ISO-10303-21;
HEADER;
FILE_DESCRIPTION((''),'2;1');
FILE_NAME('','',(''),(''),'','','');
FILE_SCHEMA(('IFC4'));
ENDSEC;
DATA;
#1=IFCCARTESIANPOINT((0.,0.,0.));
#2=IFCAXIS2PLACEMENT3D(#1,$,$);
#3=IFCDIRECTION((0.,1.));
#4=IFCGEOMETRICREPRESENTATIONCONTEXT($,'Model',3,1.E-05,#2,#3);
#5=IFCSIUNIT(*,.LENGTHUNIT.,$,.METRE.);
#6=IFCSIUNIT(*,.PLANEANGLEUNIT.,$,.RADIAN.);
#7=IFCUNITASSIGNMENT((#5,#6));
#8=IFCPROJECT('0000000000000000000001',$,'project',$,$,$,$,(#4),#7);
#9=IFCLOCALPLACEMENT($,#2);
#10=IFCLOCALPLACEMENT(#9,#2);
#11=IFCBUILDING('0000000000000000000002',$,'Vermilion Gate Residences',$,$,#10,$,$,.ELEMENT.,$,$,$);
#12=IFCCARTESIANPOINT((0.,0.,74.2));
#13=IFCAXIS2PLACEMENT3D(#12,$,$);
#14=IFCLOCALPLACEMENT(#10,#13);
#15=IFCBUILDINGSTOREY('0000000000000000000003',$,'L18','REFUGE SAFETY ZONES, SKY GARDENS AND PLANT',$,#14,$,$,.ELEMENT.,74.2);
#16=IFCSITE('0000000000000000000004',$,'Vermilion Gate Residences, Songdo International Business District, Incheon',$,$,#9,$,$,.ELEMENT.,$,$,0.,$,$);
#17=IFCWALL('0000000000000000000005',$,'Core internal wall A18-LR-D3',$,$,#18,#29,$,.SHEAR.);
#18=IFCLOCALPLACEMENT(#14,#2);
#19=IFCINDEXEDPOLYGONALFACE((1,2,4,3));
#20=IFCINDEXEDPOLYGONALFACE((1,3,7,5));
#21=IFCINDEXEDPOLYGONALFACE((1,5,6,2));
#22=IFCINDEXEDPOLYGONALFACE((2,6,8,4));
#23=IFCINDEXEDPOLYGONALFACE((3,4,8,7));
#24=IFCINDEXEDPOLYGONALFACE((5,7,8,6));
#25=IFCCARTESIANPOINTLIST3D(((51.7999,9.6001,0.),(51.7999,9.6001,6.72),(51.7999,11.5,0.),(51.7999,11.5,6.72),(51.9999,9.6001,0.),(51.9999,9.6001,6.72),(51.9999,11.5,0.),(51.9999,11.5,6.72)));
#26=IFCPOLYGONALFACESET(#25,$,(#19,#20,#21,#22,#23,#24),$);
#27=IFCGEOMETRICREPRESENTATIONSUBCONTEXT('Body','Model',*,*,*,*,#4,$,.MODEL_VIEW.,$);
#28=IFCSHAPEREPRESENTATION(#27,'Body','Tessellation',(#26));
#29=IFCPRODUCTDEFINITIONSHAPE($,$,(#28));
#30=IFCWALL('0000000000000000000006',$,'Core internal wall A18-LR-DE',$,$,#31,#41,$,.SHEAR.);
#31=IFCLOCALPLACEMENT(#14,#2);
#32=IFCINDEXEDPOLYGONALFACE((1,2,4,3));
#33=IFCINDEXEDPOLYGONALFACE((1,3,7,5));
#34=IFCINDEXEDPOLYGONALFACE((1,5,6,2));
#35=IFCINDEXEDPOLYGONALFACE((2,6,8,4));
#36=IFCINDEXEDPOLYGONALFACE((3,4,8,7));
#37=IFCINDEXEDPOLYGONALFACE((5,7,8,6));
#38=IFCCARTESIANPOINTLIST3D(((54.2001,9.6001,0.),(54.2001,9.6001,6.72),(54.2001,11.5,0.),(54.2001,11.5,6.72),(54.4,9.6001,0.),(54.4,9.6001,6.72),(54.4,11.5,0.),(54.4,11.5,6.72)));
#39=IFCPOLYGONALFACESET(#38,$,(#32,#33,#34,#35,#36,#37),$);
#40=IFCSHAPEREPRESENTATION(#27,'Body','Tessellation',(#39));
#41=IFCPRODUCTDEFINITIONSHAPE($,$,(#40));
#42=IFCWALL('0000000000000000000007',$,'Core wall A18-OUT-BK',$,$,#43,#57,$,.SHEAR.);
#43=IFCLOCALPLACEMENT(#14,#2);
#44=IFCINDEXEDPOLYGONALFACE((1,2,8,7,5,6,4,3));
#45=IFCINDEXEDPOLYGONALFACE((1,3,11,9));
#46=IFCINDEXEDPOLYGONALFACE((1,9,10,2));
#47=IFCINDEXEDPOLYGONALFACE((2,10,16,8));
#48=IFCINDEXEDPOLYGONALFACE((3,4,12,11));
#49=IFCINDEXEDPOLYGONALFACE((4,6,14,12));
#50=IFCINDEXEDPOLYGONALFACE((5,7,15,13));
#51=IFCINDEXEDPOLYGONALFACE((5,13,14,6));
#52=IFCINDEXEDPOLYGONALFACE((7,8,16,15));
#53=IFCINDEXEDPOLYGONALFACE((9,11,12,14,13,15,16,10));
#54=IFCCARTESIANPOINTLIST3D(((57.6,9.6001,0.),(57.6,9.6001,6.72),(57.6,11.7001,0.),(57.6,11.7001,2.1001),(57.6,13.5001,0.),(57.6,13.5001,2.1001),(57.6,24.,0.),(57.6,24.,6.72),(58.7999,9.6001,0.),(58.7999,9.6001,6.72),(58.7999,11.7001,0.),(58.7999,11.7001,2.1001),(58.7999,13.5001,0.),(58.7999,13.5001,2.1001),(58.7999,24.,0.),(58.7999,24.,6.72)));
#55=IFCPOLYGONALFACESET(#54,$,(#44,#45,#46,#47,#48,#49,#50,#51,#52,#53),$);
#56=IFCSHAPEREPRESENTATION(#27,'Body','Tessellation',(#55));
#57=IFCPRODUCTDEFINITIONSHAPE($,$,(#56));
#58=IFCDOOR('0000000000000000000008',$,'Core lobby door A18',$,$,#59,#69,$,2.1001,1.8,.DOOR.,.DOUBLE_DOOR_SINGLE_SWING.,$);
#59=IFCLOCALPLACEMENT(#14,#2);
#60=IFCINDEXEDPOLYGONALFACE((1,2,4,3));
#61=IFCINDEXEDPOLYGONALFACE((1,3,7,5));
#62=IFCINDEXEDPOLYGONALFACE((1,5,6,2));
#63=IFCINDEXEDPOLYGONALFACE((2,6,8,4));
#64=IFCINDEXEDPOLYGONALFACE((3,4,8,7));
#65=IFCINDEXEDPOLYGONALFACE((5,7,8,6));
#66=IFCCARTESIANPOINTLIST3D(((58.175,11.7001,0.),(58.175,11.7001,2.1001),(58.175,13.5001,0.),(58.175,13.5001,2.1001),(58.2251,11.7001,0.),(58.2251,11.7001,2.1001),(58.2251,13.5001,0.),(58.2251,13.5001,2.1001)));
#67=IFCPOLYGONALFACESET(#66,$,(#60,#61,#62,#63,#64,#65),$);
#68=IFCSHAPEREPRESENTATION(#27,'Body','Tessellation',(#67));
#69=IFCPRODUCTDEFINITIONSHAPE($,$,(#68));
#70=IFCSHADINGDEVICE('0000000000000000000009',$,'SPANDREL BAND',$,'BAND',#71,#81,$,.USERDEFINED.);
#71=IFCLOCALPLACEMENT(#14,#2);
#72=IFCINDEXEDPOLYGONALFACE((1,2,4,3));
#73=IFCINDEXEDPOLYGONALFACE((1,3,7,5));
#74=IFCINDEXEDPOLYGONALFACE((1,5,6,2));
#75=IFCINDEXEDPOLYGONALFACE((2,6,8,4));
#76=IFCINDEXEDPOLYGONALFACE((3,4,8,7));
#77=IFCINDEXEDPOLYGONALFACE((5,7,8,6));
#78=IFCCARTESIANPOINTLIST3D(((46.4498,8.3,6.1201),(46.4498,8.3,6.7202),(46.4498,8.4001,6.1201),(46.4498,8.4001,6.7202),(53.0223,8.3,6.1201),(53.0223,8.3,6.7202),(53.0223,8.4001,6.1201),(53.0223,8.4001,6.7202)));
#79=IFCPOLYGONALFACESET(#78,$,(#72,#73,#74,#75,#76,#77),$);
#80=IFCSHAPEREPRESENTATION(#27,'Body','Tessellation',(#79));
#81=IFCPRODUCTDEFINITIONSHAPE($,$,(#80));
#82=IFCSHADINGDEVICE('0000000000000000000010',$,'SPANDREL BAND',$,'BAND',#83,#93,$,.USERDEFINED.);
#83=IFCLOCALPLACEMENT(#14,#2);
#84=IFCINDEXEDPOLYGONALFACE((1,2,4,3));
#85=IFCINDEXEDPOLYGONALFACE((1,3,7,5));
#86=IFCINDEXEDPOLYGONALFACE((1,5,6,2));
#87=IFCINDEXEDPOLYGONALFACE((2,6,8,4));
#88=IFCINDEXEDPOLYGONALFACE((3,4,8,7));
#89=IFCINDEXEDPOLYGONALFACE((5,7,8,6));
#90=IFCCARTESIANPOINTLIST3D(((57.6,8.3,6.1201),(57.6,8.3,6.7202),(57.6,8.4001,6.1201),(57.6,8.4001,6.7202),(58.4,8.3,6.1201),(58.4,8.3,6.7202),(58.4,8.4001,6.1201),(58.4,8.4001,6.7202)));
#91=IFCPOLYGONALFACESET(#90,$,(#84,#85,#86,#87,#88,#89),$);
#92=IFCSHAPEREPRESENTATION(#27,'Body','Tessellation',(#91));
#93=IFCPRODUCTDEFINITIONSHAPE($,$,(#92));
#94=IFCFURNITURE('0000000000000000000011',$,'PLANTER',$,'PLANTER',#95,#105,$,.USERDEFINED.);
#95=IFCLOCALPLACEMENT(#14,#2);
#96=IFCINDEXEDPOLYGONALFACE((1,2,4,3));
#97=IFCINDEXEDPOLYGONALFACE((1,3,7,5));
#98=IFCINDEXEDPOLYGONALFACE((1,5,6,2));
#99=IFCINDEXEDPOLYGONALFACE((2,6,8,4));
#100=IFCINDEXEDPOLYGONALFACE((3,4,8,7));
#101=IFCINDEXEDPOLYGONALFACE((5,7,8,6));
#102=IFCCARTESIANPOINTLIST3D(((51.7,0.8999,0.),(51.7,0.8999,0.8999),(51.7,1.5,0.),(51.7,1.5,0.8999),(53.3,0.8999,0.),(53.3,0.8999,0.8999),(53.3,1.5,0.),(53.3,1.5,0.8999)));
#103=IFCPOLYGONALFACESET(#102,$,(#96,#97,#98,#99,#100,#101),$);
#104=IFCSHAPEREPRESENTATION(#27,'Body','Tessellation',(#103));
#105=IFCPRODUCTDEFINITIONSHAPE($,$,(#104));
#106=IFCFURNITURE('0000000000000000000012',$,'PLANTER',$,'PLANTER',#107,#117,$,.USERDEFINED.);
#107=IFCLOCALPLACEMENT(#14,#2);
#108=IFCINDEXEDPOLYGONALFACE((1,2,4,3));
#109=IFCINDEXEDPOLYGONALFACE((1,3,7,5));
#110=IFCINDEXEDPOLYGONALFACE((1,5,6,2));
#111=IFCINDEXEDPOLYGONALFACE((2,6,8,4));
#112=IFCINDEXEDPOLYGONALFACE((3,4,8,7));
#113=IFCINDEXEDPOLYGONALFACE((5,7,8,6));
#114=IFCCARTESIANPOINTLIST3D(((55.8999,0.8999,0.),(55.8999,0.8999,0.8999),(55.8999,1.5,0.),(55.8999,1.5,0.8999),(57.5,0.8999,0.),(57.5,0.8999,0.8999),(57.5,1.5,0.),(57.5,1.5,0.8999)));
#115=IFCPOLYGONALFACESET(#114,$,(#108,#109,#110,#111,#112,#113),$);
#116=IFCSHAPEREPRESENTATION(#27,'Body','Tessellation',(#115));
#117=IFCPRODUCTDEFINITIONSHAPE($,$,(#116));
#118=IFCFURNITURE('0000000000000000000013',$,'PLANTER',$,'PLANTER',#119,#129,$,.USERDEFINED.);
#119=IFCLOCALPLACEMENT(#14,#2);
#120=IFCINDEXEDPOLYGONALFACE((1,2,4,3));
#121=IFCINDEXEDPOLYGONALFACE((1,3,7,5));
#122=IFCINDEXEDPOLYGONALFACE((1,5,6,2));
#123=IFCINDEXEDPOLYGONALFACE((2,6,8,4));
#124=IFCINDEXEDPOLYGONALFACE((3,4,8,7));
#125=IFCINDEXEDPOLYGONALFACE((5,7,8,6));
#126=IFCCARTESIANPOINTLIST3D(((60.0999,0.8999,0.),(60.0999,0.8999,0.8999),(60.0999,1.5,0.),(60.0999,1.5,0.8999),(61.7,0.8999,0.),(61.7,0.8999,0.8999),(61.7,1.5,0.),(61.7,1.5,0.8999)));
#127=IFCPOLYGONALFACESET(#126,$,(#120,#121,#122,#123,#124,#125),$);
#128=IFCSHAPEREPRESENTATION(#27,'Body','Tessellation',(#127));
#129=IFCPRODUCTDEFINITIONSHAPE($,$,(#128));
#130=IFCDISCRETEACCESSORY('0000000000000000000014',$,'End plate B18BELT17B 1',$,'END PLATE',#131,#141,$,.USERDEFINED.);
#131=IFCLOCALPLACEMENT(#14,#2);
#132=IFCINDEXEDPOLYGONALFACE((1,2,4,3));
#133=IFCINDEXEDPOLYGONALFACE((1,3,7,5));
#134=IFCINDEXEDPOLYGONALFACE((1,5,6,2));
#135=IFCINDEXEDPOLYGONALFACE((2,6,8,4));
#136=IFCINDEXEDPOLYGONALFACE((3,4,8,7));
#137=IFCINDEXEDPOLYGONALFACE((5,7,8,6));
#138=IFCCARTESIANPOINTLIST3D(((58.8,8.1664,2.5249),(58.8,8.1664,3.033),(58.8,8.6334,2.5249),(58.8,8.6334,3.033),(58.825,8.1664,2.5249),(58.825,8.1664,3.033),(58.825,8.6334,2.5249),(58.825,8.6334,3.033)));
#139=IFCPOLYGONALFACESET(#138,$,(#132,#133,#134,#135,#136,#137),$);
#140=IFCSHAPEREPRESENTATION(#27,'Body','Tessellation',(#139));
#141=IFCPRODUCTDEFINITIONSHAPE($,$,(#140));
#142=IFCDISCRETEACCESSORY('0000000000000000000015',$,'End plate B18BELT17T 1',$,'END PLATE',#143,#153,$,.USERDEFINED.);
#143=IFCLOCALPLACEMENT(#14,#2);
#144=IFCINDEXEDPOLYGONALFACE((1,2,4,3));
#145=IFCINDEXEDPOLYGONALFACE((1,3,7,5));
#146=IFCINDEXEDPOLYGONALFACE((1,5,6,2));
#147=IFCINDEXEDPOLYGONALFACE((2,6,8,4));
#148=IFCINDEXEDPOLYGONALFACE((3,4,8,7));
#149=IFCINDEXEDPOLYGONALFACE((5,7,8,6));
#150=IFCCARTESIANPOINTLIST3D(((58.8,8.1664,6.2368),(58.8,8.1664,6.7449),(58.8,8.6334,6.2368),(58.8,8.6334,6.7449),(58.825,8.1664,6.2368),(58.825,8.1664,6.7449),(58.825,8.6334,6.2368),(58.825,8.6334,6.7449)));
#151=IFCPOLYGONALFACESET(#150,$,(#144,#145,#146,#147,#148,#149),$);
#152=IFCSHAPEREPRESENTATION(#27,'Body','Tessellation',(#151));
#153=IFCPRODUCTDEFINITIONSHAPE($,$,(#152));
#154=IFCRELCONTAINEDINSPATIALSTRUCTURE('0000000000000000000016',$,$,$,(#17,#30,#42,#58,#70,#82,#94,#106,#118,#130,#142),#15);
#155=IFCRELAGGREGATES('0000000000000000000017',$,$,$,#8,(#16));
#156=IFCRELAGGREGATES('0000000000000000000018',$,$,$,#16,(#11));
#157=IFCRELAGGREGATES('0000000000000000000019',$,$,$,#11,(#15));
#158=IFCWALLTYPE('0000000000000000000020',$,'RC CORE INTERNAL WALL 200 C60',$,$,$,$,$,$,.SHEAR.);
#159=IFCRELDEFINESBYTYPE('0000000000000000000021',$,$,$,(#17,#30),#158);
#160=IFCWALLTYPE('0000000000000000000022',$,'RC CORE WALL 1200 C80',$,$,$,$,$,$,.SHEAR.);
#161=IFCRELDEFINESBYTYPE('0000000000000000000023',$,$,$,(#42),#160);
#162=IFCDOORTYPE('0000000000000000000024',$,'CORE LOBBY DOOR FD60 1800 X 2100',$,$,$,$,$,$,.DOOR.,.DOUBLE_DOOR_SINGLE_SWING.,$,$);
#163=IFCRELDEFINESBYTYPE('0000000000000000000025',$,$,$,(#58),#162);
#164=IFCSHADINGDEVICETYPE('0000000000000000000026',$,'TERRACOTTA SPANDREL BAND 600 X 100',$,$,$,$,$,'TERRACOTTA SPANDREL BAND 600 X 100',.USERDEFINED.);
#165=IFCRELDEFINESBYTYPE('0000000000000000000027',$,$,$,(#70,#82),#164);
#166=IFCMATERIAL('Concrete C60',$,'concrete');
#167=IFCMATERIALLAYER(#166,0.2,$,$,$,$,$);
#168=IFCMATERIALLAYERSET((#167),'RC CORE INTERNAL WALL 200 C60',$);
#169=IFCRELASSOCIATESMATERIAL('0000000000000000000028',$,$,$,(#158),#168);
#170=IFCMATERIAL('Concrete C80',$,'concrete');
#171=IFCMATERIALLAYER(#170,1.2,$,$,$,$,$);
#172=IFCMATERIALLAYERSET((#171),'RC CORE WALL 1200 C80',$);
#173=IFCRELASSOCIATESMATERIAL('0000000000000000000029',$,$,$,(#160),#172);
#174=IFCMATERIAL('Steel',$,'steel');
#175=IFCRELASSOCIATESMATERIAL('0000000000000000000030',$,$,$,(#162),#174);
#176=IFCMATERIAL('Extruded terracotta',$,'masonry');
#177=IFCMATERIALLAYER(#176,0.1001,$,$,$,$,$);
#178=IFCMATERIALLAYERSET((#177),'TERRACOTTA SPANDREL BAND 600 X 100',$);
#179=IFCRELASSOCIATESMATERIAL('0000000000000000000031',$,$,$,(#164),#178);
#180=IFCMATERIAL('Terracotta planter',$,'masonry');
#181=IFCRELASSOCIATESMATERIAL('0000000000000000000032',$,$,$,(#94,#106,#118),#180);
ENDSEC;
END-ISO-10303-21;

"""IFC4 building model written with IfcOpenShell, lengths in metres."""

from ifc_helpers import new_model, si_unit, direction, frame, frame_2d, origin, origin_2d, place, context, subcontext, project, spatial, rectangle, extrude, material, layer, layer_set, type_object, element, fill, save


model = new_model("IFC4")

# Units and contexts
model_context = context("Model", 3, precision=1e-05, world=origin(), true_north=direction((0.0, 1.0)))
body_context = subcontext(model_context, "Body", "Model", "MODEL_VIEW")
ifc_project = project(units=[si_unit("LENGTHUNIT", "METRE"), si_unit("PLANEANGLEUNIT", "RADIAN")], contexts=[model_context])

# Site, building, storey
site_placement = place(None, origin())
site = spatial("IfcSite", under=ifc_project, at=site_placement, Name="Vermilion Gate Residences, Songdo International Business District, Incheon", CompositionType="ELEMENT", RefElevation=0.0)
building_placement = place(site_placement, origin())
building = spatial("IfcBuilding", under=site, at=building_placement, Name="Vermilion Gate Residences", CompositionType="ELEMENT")
storey_placement = place(building_placement, frame((0.0, 0.0, 74.2)))
storey = spatial("IfcBuildingStorey", under=building, at=storey_placement, Name="L18", Description="REFUGE SAFETY ZONES, SKY GARDENS AND PLANT", CompositionType="ELEMENT", Elevation=74.2)

# Walls
ifc_material_1 = material(Name="Concrete C60", Category="concrete")
ifc_layer_1 = layer(ifc_material_1, 0.2)
ifc_layer_set_1 = layer_set([ifc_layer_1], Name="RC CORE INTERNAL WALL 200 C60")
wall_type_1 = type_object("IfcWallType", Name="RC CORE INTERNAL WALL 200 C60", PredefinedType="SHEAR", material=ifc_layer_set_1)
for number, where, z_axis, x_axis, name in (
    (1, (51.8999, 9.6001, 0.0), (0.0, 0.0, 1.0), (0.0, 1.0, 0.0), "Core internal wall A18-LR-D3"),
    (2, (54.3, 9.6001, 0.0), (0.0, 0.0, 1.0), (0.0, 1.0, 0.0), "Core internal wall A18-LR-DE"),
):
    element("IfcWall", number, at=place(storey_placement, frame(where, z_axis=z_axis, x_axis=x_axis)), inside=storey, type_object=wall_type_1, Name=name, PredefinedType="SHEAR", context=body_context, shape_type="SweptSolid", body=[
        extrude(rectangle(XDim=1.8999, YDim=0.2, at=frame_2d((0.95, 0.0))), origin(), (0.0, 0.0, 1.0), 6.72),
    ])

# Wall, opening, door
ifc_material_2 = material(Name="Concrete C80", Category="concrete")
ifc_layer_2 = layer(ifc_material_2, 1.2)
ifc_layer_set_2 = layer_set([ifc_layer_2], Name="RC CORE WALL 1200 C80")
wall_type_2 = type_object("IfcWallType", Name="RC CORE WALL 1200 C80", PredefinedType="SHEAR", material=ifc_layer_set_2)
wall_1_placement = place(storey_placement, frame((58.2, 9.6001, 0.0), z_axis=(0.0, 0.0, 1.0), x_axis=(0.0, 1.0, 0.0)))
wall_1 = element("IfcWall", 3, at=wall_1_placement, inside=storey, type_object=wall_type_2, Name="Core wall A18-OUT-BK", PredefinedType="SHEAR", context=body_context, shape_type="SweptSolid", body=[
    extrude(rectangle(XDim=14.3999, YDim=1.2, at=frame_2d((7.2, 0.0))), origin(), (0.0, 0.0, 1.0), 6.72),
])
opening_1_placement = place(wall_1_placement, frame((2.1001, 0.0, 0.0)))
opening_1 = element("IfcOpeningElement", 4, at=opening_1_placement, cuts=wall_1, PredefinedType="OPENING", context=body_context, shape_type="SweptSolid", body=[
    extrude(rectangle(XDim=1.8, YDim=2.1001, at=frame_2d((0.8999, 1.05))), frame((0.0, 0.6099, 0.0), z_axis=(0.0, -1.0, 0.0), x_axis=(1.0, 0.0, 0.0)), (0.0, 0.0, 1.0), 1.22),
])
ifc_material_3 = material(Name="Steel", Category="steel")
door_type_1 = type_object("IfcDoorType", Name="CORE LOBBY DOOR FD60 1800 X 2100", OperationType="DOUBLE_DOOR_SINGLE_SWING", PredefinedType="DOOR", material=ifc_material_3)
door_1_placement = place(opening_1_placement, origin())
door_1 = element("IfcDoor", 5, at=door_1_placement, inside=storey, type_object=door_type_1, Name="Core lobby door A18", OperationType="DOUBLE_DOOR_SINGLE_SWING", OverallHeight=2.1001, OverallWidth=1.8, PredefinedType="DOOR", context=body_context, shape_type="SweptSolid", body=[
    extrude(rectangle(XDim=1.8, YDim=2.1001, at=frame_2d((0.8999, 1.05))), frame((0.0, 0.0249, 0.0), z_axis=(0.0, -1.0, 0.0), x_axis=(1.0, 0.0, 0.0)), (0.0, 0.0, 1.0), 0.05),
])
fill(opening_1, door_1)

# Shading devices
ifc_material_4 = material(Name="Extruded terracotta", Category="masonry")
ifc_layer_3 = layer(ifc_material_4, 0.1001)
ifc_layer_set_3 = layer_set([ifc_layer_3], Name="TERRACOTTA SPANDREL BAND 600 X 100")
shading_device_type = type_object("IfcShadingDeviceType", Name="TERRACOTTA SPANDREL BAND 600 X 100", ElementType="TERRACOTTA SPANDREL BAND 600 X 100", PredefinedType="USERDEFINED", material=ifc_layer_set_3)
shading_device_1_placement = place(storey_placement, frame((49.7361, 8.3501, 6.1201), z_axis=(0.0, 0.0, 1.0), x_axis=(1.0, 0.0, 0.0)))
element("IfcShadingDevice", 6, at=shading_device_1_placement, inside=storey, type_object=shading_device_type, Name="SPANDREL BAND", ObjectType="BAND", PredefinedType="USERDEFINED", context=body_context, shape_type="SweptSolid", body=[
    extrude(rectangle(XDim=6.5725, YDim=0.1001, at=origin_2d()), origin(), (0.0, 0.0, 1.0), 0.6001),
])
shading_device_2_placement = place(storey_placement, frame((58.0, 8.3501, 6.1201), z_axis=(0.0, 0.0, 1.0), x_axis=(1.0, 0.0, 0.0)))
element("IfcShadingDevice", 7, at=shading_device_2_placement, inside=storey, type_object=shading_device_type, Name="SPANDREL BAND", ObjectType="BAND", PredefinedType="USERDEFINED", context=body_context, shape_type="SweptSolid", body=[
    extrude(rectangle(XDim=0.8, YDim=0.1001, at=origin_2d()), origin(), (0.0, 0.0, 1.0), 0.6001),
])

# Furniture
ifc_material_5 = material(Name="Terracotta planter", Category="masonry")
for number, where, z_axis, x_axis, name in (
    (8, (52.5, 1.2, 0.0), (0.0, 0.0, 1.0), (1.0, 0.0, 0.0), "PLANTER"),
    (9, (56.7, 1.2, 0.0), (0.0, 0.0, 1.0), (1.0, 0.0, 0.0), "PLANTER"),
    (10, (60.8999, 1.2, 0.0), (0.0, 0.0, 1.0), (1.0, 0.0, 0.0), "PLANTER"),
):
    element("IfcFurniture", number, at=place(storey_placement, frame(where, z_axis=z_axis, x_axis=x_axis)), inside=storey, material=ifc_material_5, Name=name, ObjectType="PLANTER", PredefinedType="USERDEFINED", context=body_context, shape_type="SweptSolid", body=[
        extrude(rectangle(XDim=1.6001, YDim=0.6001, at=origin_2d()), origin(), (0.0, 0.0, 1.0), 0.8999),
    ])

# Discrete accessories
for number, where, z_axis, x_axis, name in (
    (11, (58.8125, 8.3999, 2.5249), (0.0, 0.0, 1.0), (1.0, 0.0, 0.0), "End plate B18BELT17B 1"),
    (12, (58.8125, 8.3999, 6.2368), (0.0, 0.0, 1.0), (1.0, 0.0, 0.0), "End plate B18BELT17T 1"),
):
    element("IfcDiscreteAccessory", number, at=place(storey_placement, frame(where, z_axis=z_axis, x_axis=x_axis)), inside=storey, Name=name, ObjectType="END PLATE", PredefinedType="USERDEFINED", context=body_context, shape_type="SweptSolid", body=[
        extrude(rectangle(XDim=0.0249, YDim=0.467, at=origin_2d()), origin(), (0.0, 0.0, 1.0), 0.5081),
    ])

save(model, "model.ifc")
